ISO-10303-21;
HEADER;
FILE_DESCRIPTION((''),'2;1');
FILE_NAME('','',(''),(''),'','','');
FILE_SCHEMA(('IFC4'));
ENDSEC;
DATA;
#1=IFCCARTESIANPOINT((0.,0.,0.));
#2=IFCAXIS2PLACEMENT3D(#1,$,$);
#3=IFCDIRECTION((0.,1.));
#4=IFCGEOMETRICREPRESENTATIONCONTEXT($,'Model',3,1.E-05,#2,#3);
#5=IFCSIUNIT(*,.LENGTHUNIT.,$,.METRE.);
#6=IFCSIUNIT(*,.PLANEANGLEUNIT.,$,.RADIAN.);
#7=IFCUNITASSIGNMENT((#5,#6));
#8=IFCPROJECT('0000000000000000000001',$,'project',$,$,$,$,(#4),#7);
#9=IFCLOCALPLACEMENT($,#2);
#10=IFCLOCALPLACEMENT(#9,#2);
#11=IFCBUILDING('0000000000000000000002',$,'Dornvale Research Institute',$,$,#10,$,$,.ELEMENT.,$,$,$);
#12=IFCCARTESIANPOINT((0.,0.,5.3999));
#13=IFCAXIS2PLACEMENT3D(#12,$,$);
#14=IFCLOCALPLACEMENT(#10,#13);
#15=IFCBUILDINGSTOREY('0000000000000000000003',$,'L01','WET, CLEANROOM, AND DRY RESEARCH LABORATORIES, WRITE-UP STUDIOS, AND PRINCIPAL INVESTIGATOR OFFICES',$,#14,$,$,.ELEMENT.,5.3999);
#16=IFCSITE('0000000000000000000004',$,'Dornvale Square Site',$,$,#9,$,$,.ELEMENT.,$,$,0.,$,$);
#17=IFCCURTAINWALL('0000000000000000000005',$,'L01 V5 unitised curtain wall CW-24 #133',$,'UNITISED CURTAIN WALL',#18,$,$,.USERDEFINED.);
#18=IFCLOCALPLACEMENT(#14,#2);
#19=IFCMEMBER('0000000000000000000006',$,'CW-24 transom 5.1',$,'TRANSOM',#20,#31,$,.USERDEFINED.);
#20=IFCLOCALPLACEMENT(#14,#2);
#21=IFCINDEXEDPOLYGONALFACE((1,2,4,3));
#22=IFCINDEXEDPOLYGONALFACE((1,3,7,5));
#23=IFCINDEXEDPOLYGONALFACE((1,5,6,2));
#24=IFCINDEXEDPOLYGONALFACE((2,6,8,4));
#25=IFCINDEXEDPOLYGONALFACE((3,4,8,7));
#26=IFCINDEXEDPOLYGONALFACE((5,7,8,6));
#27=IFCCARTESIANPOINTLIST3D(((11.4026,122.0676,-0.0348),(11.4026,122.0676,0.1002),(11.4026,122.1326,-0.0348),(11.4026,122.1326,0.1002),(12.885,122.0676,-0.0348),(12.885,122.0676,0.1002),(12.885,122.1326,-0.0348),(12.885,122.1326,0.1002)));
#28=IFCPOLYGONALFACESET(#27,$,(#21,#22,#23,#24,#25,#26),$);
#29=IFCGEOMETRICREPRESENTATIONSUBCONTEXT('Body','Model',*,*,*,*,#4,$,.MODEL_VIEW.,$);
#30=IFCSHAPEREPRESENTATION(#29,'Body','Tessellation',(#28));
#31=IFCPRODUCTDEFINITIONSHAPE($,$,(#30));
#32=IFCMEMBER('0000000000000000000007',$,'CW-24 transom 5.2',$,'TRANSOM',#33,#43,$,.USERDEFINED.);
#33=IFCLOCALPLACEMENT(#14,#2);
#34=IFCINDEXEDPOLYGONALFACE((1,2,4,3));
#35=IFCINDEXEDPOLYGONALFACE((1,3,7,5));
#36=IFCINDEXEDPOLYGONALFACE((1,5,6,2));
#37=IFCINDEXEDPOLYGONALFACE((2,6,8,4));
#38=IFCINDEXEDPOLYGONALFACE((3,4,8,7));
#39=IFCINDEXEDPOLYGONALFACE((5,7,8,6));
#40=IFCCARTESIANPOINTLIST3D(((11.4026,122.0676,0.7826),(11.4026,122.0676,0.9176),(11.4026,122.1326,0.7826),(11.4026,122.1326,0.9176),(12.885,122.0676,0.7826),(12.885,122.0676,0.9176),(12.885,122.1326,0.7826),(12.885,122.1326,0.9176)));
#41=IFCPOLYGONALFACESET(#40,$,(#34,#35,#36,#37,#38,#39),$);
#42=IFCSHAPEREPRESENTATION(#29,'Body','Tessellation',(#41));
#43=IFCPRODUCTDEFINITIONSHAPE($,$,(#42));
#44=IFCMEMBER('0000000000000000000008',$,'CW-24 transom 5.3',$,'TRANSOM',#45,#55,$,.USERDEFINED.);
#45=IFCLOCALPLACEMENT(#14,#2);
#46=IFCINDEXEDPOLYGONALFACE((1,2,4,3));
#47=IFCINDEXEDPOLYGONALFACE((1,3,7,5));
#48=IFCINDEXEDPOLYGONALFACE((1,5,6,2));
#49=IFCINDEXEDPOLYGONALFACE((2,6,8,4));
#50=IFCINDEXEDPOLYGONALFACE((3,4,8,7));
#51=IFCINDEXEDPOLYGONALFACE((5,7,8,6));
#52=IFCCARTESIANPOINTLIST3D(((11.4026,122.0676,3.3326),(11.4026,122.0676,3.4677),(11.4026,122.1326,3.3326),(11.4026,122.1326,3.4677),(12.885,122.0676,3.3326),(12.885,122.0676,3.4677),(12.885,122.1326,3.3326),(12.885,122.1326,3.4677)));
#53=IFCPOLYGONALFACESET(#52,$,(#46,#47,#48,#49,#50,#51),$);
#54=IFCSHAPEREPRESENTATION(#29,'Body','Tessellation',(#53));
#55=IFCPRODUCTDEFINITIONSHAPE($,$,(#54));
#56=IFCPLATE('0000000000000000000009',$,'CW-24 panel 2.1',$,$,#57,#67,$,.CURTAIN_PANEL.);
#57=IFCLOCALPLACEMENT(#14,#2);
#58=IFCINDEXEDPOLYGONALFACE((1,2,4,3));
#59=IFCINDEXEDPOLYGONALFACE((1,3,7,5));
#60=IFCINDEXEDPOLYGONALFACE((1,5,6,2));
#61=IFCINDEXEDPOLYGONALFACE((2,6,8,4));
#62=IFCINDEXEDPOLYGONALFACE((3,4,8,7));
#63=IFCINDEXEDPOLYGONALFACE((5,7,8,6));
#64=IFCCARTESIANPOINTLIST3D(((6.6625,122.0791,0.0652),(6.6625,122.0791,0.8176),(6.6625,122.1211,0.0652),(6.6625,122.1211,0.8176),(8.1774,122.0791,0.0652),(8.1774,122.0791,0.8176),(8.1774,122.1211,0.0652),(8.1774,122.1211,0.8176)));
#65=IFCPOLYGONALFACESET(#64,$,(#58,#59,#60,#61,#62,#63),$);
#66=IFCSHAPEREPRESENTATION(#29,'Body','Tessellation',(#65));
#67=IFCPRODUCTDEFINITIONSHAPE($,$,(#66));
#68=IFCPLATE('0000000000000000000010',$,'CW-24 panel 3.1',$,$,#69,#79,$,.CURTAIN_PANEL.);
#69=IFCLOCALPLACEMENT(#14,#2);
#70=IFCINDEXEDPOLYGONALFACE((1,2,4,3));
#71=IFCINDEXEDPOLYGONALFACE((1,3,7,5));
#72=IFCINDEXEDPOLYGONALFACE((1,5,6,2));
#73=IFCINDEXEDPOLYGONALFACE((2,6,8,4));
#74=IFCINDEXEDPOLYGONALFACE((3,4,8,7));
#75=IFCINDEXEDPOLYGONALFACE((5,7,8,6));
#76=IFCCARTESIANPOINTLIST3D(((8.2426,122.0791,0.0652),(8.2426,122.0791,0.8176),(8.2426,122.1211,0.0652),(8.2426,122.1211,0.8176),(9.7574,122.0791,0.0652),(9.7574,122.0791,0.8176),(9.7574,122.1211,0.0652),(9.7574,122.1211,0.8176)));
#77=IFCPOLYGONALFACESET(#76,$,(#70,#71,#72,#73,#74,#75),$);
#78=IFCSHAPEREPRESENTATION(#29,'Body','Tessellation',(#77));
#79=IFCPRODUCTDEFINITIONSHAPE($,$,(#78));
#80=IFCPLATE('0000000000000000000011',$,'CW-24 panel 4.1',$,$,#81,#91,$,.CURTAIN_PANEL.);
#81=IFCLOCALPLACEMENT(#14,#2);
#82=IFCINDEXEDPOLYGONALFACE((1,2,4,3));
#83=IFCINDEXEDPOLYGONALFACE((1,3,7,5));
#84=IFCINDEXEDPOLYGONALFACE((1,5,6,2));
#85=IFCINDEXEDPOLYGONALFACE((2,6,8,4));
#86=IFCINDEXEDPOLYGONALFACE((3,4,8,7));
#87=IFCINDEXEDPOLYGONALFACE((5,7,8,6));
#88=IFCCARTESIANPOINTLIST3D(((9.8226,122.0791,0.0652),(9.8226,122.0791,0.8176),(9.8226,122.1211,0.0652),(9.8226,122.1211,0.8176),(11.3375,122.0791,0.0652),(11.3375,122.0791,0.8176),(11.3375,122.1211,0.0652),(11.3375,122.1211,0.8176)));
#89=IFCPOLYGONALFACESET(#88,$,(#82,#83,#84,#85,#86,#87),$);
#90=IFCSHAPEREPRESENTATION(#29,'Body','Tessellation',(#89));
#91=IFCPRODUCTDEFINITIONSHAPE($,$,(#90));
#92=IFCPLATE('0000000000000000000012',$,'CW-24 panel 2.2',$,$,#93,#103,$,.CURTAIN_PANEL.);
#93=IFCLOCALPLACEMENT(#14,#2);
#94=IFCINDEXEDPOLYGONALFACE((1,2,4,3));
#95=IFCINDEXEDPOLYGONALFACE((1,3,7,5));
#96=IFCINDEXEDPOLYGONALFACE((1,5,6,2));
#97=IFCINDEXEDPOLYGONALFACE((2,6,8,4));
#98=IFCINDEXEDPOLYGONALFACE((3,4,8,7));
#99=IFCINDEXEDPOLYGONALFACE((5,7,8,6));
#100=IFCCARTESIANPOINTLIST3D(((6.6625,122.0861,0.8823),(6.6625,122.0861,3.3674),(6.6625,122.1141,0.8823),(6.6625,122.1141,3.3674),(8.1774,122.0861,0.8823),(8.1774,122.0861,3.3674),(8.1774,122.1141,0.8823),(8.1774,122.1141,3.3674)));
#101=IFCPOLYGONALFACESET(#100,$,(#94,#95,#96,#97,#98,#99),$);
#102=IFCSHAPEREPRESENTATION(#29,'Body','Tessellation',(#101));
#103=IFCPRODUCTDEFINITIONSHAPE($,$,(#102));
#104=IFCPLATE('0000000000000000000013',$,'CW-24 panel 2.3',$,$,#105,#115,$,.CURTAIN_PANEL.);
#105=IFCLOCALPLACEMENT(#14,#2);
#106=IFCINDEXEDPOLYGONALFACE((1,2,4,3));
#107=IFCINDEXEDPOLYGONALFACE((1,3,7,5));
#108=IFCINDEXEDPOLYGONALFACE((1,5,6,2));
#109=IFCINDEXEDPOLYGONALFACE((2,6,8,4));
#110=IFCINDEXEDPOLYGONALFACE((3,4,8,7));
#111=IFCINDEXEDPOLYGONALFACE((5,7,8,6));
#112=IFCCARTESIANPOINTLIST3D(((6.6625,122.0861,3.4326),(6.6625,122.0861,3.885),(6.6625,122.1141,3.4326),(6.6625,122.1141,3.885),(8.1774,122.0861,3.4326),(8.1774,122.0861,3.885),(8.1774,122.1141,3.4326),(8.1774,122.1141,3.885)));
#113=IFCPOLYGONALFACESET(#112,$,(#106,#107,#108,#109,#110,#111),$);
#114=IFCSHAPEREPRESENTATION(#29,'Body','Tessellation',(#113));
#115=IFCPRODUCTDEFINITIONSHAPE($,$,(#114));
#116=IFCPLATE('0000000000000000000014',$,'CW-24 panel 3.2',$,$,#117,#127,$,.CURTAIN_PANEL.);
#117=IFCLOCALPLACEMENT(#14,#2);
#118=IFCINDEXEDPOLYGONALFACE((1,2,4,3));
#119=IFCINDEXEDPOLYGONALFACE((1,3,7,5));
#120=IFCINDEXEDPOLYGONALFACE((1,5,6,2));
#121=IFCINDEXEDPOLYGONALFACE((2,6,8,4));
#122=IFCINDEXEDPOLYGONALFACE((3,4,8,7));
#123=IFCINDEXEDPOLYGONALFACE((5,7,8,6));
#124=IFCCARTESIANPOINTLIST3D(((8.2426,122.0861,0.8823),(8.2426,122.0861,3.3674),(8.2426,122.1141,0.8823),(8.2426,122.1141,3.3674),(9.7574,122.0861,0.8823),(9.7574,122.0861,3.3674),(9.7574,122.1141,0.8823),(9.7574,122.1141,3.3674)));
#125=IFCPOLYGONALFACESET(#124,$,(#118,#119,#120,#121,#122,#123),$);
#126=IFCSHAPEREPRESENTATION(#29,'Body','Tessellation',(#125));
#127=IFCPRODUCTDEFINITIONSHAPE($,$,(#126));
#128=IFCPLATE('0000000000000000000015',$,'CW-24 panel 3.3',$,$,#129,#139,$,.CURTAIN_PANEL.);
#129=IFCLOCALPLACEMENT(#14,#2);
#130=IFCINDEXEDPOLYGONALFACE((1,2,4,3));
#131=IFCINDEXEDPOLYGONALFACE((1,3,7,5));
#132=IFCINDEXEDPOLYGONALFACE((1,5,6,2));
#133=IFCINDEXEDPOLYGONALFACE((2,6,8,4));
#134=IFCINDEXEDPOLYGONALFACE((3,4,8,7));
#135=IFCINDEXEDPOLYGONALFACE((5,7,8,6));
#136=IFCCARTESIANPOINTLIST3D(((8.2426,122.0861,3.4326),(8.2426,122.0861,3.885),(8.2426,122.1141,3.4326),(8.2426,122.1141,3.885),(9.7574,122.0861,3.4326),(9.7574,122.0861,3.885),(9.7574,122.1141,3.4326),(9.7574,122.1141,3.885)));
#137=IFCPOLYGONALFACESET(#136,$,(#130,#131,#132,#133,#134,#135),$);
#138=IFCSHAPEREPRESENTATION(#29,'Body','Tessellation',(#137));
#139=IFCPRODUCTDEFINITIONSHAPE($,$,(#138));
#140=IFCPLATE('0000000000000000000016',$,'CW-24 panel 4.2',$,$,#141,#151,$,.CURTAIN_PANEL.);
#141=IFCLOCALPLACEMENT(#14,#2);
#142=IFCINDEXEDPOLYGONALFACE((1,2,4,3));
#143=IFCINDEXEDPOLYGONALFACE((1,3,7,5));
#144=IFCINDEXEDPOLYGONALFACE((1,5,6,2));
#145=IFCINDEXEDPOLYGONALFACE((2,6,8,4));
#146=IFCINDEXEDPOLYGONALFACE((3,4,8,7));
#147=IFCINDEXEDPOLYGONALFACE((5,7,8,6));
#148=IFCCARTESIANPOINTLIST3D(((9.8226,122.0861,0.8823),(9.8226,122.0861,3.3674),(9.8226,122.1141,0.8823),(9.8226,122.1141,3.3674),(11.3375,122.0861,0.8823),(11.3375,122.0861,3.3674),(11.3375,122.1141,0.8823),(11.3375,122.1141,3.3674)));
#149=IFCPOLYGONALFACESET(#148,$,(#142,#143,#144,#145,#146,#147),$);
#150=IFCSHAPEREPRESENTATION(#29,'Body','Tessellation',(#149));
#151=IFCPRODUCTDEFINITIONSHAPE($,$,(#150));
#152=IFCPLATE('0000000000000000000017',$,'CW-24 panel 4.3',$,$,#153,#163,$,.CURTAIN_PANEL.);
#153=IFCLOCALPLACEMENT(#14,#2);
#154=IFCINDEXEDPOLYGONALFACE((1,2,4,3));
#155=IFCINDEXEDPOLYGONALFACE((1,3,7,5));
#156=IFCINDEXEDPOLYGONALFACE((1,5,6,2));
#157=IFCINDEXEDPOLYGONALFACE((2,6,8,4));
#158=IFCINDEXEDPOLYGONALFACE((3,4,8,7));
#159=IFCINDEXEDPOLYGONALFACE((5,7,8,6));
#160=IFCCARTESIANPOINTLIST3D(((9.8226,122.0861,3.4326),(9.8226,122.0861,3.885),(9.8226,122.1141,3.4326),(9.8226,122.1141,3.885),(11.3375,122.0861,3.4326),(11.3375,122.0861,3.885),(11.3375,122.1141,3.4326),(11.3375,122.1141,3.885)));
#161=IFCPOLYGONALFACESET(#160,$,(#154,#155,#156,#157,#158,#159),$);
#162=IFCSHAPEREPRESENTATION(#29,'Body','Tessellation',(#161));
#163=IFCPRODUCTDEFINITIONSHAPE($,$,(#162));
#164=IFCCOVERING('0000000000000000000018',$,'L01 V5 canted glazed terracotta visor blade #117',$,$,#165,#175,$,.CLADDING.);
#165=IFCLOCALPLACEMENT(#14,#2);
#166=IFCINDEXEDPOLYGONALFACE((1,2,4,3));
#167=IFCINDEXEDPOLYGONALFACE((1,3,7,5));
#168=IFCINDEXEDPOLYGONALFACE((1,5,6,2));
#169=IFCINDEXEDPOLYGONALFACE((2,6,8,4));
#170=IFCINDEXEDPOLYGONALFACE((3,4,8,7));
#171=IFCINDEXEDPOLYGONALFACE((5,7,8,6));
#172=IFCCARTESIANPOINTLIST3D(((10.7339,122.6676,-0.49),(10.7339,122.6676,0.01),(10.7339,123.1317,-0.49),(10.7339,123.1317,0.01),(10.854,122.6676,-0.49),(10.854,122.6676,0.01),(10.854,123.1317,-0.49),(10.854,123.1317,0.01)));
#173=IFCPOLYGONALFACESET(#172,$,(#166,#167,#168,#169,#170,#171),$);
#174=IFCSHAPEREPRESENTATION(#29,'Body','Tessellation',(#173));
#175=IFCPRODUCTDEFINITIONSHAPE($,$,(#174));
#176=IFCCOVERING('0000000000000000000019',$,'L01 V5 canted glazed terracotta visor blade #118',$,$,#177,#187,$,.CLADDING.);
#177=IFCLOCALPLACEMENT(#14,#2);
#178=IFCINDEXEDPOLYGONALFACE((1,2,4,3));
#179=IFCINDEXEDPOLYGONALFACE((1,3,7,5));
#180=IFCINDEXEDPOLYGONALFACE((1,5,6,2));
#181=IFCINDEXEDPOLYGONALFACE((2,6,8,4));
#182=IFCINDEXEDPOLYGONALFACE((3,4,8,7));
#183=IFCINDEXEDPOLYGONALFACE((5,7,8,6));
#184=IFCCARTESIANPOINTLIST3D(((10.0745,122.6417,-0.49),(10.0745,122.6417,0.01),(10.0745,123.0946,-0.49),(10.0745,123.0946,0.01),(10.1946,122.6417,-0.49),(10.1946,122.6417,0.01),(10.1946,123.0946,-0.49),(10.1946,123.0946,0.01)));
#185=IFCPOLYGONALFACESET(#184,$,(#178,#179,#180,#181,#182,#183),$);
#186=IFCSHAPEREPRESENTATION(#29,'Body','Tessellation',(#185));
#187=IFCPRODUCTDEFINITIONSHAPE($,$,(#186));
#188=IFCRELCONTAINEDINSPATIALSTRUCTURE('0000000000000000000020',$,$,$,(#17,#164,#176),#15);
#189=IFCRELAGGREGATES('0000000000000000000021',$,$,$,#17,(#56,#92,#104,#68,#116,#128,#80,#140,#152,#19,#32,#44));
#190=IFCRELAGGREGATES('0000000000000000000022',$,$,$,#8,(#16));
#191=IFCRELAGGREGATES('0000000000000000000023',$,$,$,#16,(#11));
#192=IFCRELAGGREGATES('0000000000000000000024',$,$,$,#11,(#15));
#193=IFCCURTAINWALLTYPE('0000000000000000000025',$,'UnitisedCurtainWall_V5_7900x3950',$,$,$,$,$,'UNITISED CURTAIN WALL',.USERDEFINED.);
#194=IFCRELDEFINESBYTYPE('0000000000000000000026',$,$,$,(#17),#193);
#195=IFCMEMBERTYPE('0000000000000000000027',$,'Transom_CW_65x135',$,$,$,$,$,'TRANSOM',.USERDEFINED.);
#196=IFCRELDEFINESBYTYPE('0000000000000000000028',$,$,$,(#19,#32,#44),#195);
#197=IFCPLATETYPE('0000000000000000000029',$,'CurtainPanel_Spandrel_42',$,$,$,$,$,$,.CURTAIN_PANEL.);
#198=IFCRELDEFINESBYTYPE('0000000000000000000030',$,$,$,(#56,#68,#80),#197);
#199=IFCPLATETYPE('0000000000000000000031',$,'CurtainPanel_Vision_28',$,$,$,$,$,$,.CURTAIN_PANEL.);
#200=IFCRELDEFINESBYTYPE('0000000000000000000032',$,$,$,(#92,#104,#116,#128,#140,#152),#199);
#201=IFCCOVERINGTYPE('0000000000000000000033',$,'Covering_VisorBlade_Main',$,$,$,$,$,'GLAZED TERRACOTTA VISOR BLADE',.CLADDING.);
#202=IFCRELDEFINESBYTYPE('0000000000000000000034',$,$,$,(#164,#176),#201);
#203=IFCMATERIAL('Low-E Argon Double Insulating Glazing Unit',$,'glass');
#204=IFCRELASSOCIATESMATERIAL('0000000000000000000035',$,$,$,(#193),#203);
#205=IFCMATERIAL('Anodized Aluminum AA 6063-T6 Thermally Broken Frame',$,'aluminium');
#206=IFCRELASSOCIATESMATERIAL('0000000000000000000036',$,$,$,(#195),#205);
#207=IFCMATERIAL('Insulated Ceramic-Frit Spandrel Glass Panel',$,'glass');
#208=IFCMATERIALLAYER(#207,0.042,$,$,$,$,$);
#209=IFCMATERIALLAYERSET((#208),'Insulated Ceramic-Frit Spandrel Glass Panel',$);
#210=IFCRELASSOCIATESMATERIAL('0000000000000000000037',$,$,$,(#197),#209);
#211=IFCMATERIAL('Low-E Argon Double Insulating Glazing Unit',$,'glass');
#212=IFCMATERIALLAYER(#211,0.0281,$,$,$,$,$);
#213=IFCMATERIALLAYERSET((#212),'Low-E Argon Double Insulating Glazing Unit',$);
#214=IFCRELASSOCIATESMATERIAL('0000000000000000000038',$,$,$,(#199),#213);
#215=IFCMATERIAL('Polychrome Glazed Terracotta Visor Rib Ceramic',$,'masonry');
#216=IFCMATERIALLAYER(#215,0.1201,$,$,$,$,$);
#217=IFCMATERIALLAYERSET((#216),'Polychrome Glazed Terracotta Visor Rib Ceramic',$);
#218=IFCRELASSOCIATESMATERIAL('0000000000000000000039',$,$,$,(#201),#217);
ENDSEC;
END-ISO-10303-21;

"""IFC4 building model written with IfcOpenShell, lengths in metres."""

from ifc_helpers import new_model, si_unit, direction, frame, origin, origin_2d, place, context, subcontext, project, spatial, rectangle, extrude, material, layer, layer_set, material_profile, profile_set, type_object, element, aggregate, save


model = new_model("IFC4")

# Units and contexts
model_context = context("Model", 3, precision=1e-05, world=origin(), true_north=direction((0.0, 1.0)))
body_context = subcontext(model_context, "Body", "Model", "MODEL_VIEW")
ifc_project = project(units=[si_unit("LENGTHUNIT", "METRE"), si_unit("PLANEANGLEUNIT", "RADIAN")], contexts=[model_context])

# Site, building, storey
site_placement = place(None, origin())
site = spatial("IfcSite", under=ifc_project, at=site_placement, Name="Dornvale Square Site", CompositionType="ELEMENT", RefElevation=0.0)
building_placement = place(site_placement, origin())
building = spatial("IfcBuilding", under=site, at=building_placement, Name="Dornvale Research Institute", CompositionType="ELEMENT")
storey_placement = place(building_placement, frame((0.0, 0.0, 5.3999)))
storey = spatial("IfcBuildingStorey", under=building, at=storey_placement, Name="L01", Description="WET, CLEANROOM, AND DRY RESEARCH LABORATORIES, WRITE-UP STUDIOS, AND PRINCIPAL INVESTIGATOR OFFICES", CompositionType="ELEMENT", Elevation=5.3999)

# Curtain wall, members, plates
ifc_material_1 = material(Name="Low-E Argon Double Insulating Glazing Unit", Category="glass")
curtain_wall_type = type_object("IfcCurtainWallType", Name="UnitisedCurtainWall_V5_7900x3950", ElementType="UNITISED CURTAIN WALL", PredefinedType="USERDEFINED", material=ifc_material_1)
curtain_wall_placement = place(storey_placement, origin())
curtain_wall = element("IfcCurtainWall", 1, at=curtain_wall_placement, inside=storey, type_object=curtain_wall_type, Name="L01 V5 unitised curtain wall CW-24 #133", ObjectType="UNITISED CURTAIN WALL", PredefinedType="USERDEFINED")
ifc_material_2 = material(Name="Anodized Aluminum AA 6063-T6 Thermally Broken Frame", Category="aluminium")
ifc_material_profile_1 = material_profile(ifc_material_2, rectangle(XDim=0.0649, YDim=0.135, at=origin_2d()), Name="ALU TRANSOM 65x135")
ifc_profile_set_1 = profile_set([ifc_material_profile_1], Name="Anodized Aluminum AA 6063-T6 Thermally Broken Frame")
member_type_1 = type_object("IfcMemberType", Name="Transom_CW_65x135", ElementType="TRANSOM", PredefinedType="USERDEFINED", material=ifc_profile_set_1)
member_1_placement = place(storey_placement, frame((11.4026, 122.1001, 0.0327), z_axis=(1.0, 0.0, 0.0), x_axis=(0.0, 1.0, 0.0)))
member_1 = element("IfcMember", 2, at=member_1_placement, type_object=member_type_1, Name="CW-24 transom 5.1", ObjectType="TRANSOM", PredefinedType="USERDEFINED", context=body_context, shape_type="SweptSolid", body=[
    extrude(rectangle(XDim=0.0649, YDim=0.135, at=origin_2d()), origin(), (0.0, 0.0, 1.0), 1.4824),
])
member_2_placement = place(storey_placement, frame((11.4026, 122.1001, 0.8501), z_axis=(1.0, 0.0, 0.0), x_axis=(0.0, 1.0, 0.0)))
member_2 = element("IfcMember", 3, at=member_2_placement, type_object=member_type_1, Name="CW-24 transom 5.2", ObjectType="TRANSOM", PredefinedType="USERDEFINED", context=body_context, shape_type="SweptSolid", body=[
    extrude(rectangle(XDim=0.0649, YDim=0.135, at=origin_2d()), origin(), (0.0, 0.0, 1.0), 1.4824),
])
member_3_placement = place(storey_placement, frame((11.4026, 122.1001, 3.4001), z_axis=(1.0, 0.0, 0.0), x_axis=(0.0, 1.0, 0.0)))
member_3 = element("IfcMember", 4, at=member_3_placement, type_object=member_type_1, Name="CW-24 transom 5.3", ObjectType="TRANSOM", PredefinedType="USERDEFINED", context=body_context, shape_type="SweptSolid", body=[
    extrude(rectangle(XDim=0.0649, YDim=0.135, at=origin_2d()), origin(), (0.0, 0.0, 1.0), 1.4824),
])
ifc_material_3 = material(Name="Insulated Ceramic-Frit Spandrel Glass Panel", Category="glass")
ifc_layer_1 = layer(ifc_material_3, 0.042)
ifc_layer_set_1 = layer_set([ifc_layer_1], Name="Insulated Ceramic-Frit Spandrel Glass Panel")
plate_type_1 = type_object("IfcPlateType", Name="CurtainPanel_Spandrel_42", PredefinedType="CURTAIN_PANEL", material=ifc_layer_set_1)
plate_1_placement = place(storey_placement, frame((7.4199, 122.1001, 0.0652), z_axis=(0.0, 0.0, 1.0), x_axis=(1.0, 0.0, 0.0)))
plate_1 = element("IfcPlate", 5, at=plate_1_placement, type_object=plate_type_1, Name="CW-24 panel 2.1", PredefinedType="CURTAIN_PANEL", context=body_context, shape_type="SweptSolid", body=[
    extrude(rectangle(XDim=1.5149, YDim=0.042, at=origin_2d()), origin(), (0.0, 0.0, 1.0), 0.7524),
])
plate_2_placement = place(storey_placement, frame((9.0, 122.1001, 0.0652), z_axis=(0.0, 0.0, 1.0), x_axis=(1.0, 0.0, 0.0)))
plate_2 = element("IfcPlate", 6, at=plate_2_placement, type_object=plate_type_1, Name="CW-24 panel 3.1", PredefinedType="CURTAIN_PANEL", context=body_context, shape_type="SweptSolid", body=[
    extrude(rectangle(XDim=1.5149, YDim=0.042, at=origin_2d()), origin(), (0.0, 0.0, 1.0), 0.7524),
])
plate_3_placement = place(storey_placement, frame((10.5801, 122.1001, 0.0652), z_axis=(0.0, 0.0, 1.0), x_axis=(1.0, 0.0, 0.0)))
plate_3 = element("IfcPlate", 7, at=plate_3_placement, type_object=plate_type_1, Name="CW-24 panel 4.1", PredefinedType="CURTAIN_PANEL", context=body_context, shape_type="SweptSolid", body=[
    extrude(rectangle(XDim=1.5149, YDim=0.042, at=origin_2d()), origin(), (0.0, 0.0, 1.0), 0.7524),
])
ifc_material_4 = material(Name="Low-E Argon Double Insulating Glazing Unit", Category="glass")
ifc_layer_2 = layer(ifc_material_4, 0.0281)
ifc_layer_set_2 = layer_set([ifc_layer_2], Name="Low-E Argon Double Insulating Glazing Unit")
plate_type_2 = type_object("IfcPlateType", Name="CurtainPanel_Vision_28", PredefinedType="CURTAIN_PANEL", material=ifc_layer_set_2)
plate_4_placement = place(storey_placement, frame((7.4199, 122.1001, 0.8823), z_axis=(0.0, 0.0, 1.0), x_axis=(1.0, 0.0, 0.0)))
plate_4 = element("IfcPlate", 8, at=plate_4_placement, type_object=plate_type_2, Name="CW-24 panel 2.2", PredefinedType="CURTAIN_PANEL", context=body_context, shape_type="SweptSolid", body=[
    extrude(rectangle(XDim=1.5149, YDim=0.0281, at=origin_2d()), origin(), (0.0, 0.0, 1.0), 2.4851),
])
plate_5_placement = place(storey_placement, frame((7.4199, 122.1001, 3.4326), z_axis=(0.0, 0.0, 1.0), x_axis=(1.0, 0.0, 0.0)))
plate_5 = element("IfcPlate", 9, at=plate_5_placement, type_object=plate_type_2, Name="CW-24 panel 2.3", PredefinedType="CURTAIN_PANEL", context=body_context, shape_type="SweptSolid", body=[
    extrude(rectangle(XDim=1.5149, YDim=0.0281, at=origin_2d()), origin(), (0.0, 0.0, 1.0), 0.4524),
])
plate_6_placement = place(storey_placement, frame((9.0, 122.1001, 0.8823), z_axis=(0.0, 0.0, 1.0), x_axis=(1.0, 0.0, 0.0)))
plate_6 = element("IfcPlate", 10, at=plate_6_placement, type_object=plate_type_2, Name="CW-24 panel 3.2", PredefinedType="CURTAIN_PANEL", context=body_context, shape_type="SweptSolid", body=[
    extrude(rectangle(XDim=1.5149, YDim=0.0281, at=origin_2d()), origin(), (0.0, 0.0, 1.0), 2.4851),
])
plate_7_placement = place(storey_placement, frame((9.0, 122.1001, 3.4326), z_axis=(0.0, 0.0, 1.0), x_axis=(1.0, 0.0, 0.0)))
plate_7 = element("IfcPlate", 11, at=plate_7_placement, type_object=plate_type_2, Name="CW-24 panel 3.3", PredefinedType="CURTAIN_PANEL", context=body_context, shape_type="SweptSolid", body=[
    extrude(rectangle(XDim=1.5149, YDim=0.0281, at=origin_2d()), origin(), (0.0, 0.0, 1.0), 0.4524),
])
plate_8_placement = place(storey_placement, frame((10.5801, 122.1001, 0.8823), z_axis=(0.0, 0.0, 1.0), x_axis=(1.0, 0.0, 0.0)))
plate_8 = element("IfcPlate", 12, at=plate_8_placement, type_object=plate_type_2, Name="CW-24 panel 4.2", PredefinedType="CURTAIN_PANEL", context=body_context, shape_type="SweptSolid", body=[
    extrude(rectangle(XDim=1.5149, YDim=0.0281, at=origin_2d()), origin(), (0.0, 0.0, 1.0), 2.4851),
])
plate_9_placement = place(storey_placement, frame((10.5801, 122.1001, 3.4326), z_axis=(0.0, 0.0, 1.0), x_axis=(1.0, 0.0, 0.0)))
plate_9 = element("IfcPlate", 13, at=plate_9_placement, type_object=plate_type_2, Name="CW-24 panel 4.3", PredefinedType="CURTAIN_PANEL", context=body_context, shape_type="SweptSolid", body=[
    extrude(rectangle(XDim=1.5149, YDim=0.0281, at=origin_2d()), origin(), (0.0, 0.0, 1.0), 0.4524),
])
aggregate(curtain_wall, [plate_1, plate_4, plate_5, plate_2, plate_6, plate_7, plate_3, plate_8, plate_9, member_1, member_2, member_3])

# Coverings
ifc_material_5 = material(Name="Polychrome Glazed Terracotta Visor Rib Ceramic", Category="masonry")
ifc_layer_3 = layer(ifc_material_5, 0.1201)
ifc_layer_set_3 = layer_set([ifc_layer_3], Name="Polychrome Glazed Terracotta Visor Rib Ceramic")
covering_type = type_object("IfcCoveringType", Name="Covering_VisorBlade_Main", ElementType="GLAZED TERRACOTTA VISOR BLADE", PredefinedType="CLADDING", material=ifc_layer_set_3)
covering_1_placement = place(storey_placement, frame((10.7939, 122.8997, -0.49), z_axis=(0.0, 0.0, 1.0), x_axis=(0.0, 1.0, 0.0)))
element("IfcCovering", 14, at=covering_1_placement, inside=storey, type_object=covering_type, Name="L01 V5 canted glazed terracotta visor blade #117", PredefinedType="CLADDING", context=body_context, shape_type="SweptSolid", body=[
    extrude(rectangle(XDim=0.4641, YDim=0.1201, at=origin_2d()), origin(), (0.0, 0.0, 1.0), 0.5),
])
covering_2_placement = place(storey_placement, frame((10.1345, 122.8682, -0.49), z_axis=(0.0, 0.0, 1.0), x_axis=(0.0, 1.0, 0.0)))
element("IfcCovering", 15, at=covering_2_placement, inside=storey, type_object=covering_type, Name="L01 V5 canted glazed terracotta visor blade #118", PredefinedType="CLADDING", context=body_context, shape_type="SweptSolid", body=[
    extrude(rectangle(XDim=0.4529, YDim=0.1201, at=origin_2d()), origin(), (0.0, 0.0, 1.0), 0.5),
])

save(model, "model.ifc")
